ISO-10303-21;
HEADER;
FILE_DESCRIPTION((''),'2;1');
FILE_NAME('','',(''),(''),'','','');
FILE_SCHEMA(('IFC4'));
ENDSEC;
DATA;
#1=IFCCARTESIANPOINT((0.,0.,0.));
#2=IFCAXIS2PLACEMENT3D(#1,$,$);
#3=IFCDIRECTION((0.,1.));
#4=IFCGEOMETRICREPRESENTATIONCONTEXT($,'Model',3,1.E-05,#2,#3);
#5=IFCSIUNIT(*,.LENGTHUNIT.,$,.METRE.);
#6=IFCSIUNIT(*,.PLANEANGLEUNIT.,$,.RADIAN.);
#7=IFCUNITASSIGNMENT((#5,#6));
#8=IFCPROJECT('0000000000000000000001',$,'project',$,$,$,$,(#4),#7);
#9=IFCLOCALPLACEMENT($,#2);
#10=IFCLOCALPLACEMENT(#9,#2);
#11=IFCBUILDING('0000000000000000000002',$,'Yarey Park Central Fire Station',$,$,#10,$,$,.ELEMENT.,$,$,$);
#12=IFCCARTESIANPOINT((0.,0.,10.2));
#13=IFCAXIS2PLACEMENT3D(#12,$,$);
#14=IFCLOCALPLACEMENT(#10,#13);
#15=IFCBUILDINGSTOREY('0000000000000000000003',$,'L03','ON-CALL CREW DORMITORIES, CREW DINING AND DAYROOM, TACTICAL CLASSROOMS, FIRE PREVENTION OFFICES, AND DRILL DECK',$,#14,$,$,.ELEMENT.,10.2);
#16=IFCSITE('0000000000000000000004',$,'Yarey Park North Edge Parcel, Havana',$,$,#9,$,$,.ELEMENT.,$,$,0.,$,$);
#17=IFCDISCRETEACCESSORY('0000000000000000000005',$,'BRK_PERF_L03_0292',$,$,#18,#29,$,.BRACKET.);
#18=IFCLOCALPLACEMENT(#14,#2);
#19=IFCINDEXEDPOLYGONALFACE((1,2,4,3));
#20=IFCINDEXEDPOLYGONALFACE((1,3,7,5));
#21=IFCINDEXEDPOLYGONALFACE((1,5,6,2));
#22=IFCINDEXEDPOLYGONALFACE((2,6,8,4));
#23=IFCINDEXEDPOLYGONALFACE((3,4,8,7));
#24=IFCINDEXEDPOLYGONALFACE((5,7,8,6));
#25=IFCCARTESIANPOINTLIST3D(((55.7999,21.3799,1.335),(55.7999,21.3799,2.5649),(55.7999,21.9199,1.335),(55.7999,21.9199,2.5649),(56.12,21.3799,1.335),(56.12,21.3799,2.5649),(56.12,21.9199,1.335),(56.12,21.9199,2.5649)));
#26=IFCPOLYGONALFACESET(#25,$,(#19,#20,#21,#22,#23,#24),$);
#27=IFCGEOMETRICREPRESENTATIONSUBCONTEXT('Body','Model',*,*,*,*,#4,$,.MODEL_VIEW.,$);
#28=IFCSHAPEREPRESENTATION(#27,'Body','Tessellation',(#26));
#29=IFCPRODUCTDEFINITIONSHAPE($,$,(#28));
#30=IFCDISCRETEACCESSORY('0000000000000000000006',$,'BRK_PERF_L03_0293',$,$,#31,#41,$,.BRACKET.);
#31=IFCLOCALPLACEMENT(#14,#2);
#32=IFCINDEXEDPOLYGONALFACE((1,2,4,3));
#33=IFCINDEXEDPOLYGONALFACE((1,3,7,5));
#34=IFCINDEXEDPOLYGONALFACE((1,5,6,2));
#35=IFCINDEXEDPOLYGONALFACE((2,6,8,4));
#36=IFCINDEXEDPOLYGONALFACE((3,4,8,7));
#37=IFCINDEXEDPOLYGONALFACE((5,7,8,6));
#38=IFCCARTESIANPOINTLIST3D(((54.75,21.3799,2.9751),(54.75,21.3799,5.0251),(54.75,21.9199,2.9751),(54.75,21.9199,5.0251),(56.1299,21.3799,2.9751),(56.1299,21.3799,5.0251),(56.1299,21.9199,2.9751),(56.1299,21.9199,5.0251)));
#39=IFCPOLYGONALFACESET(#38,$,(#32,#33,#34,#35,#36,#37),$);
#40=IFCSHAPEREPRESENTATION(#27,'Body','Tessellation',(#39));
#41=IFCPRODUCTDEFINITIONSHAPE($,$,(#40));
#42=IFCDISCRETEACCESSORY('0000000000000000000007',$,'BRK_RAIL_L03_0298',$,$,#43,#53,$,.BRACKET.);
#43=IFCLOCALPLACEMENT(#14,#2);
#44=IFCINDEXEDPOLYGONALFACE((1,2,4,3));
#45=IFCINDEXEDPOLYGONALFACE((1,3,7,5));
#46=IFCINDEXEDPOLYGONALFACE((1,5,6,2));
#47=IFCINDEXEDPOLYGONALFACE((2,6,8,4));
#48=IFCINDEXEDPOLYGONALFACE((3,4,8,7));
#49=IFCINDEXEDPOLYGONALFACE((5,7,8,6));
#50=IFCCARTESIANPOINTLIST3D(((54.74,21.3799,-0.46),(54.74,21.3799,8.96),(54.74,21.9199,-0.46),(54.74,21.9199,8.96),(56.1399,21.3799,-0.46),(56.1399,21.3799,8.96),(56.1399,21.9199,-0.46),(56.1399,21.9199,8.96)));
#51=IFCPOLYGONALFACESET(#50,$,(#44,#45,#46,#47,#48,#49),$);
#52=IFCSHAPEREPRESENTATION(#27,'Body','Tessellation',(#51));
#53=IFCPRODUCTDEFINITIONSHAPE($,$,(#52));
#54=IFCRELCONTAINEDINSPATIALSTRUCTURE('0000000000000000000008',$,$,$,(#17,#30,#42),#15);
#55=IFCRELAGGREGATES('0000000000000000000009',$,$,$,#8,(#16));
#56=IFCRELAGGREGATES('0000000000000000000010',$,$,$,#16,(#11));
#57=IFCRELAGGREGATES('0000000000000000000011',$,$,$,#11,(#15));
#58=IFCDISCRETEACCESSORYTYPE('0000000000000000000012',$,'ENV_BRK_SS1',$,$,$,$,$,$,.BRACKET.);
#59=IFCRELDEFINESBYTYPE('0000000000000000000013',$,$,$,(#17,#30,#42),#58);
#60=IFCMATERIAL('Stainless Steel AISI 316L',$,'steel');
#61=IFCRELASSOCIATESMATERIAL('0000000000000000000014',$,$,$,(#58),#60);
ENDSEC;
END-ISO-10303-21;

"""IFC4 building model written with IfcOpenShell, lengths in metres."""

from ifc_helpers import new_model, si_unit, direction, frame, origin, origin_2d, place, context, subcontext, project, spatial, rectangle, extrude, material, type_object, element, save


model = new_model("IFC4")

# Units and contexts
model_context = context("Model", 3, precision=1e-05, world=origin(), true_north=direction((0.0, 1.0)))
body_context = subcontext(model_context, "Body", "Model", "MODEL_VIEW")
ifc_project = project(units=[si_unit("LENGTHUNIT", "METRE"), si_unit("PLANEANGLEUNIT", "RADIAN")], contexts=[model_context])

# Site, building, storey
site_placement = place(None, origin())
site = spatial("IfcSite", under=ifc_project, at=site_placement, Name="Yarey Park North Edge Parcel, Havana", CompositionType="ELEMENT", RefElevation=0.0)
building_placement = place(site_placement, origin())
building = spatial("IfcBuilding", under=site, at=building_placement, Name="Yarey Park Central Fire Station", CompositionType="ELEMENT")
storey_placement = place(building_placement, frame((0.0, 0.0, 10.2)))
storey = spatial("IfcBuildingStorey", under=building, at=storey_placement, Name="L03", Description="ON-CALL CREW DORMITORIES, CREW DINING AND DAYROOM, TACTICAL CLASSROOMS, FIRE PREVENTION OFFICES, AND DRILL DECK", CompositionType="ELEMENT", Elevation=10.2)

# Discrete accessories
ifc_material_1 = material(Name="Stainless Steel AISI 316L", Category="steel")
discrete_accessory_type = type_object("IfcDiscreteAccessoryType", Name="ENV_BRK_SS1", PredefinedType="BRACKET", material=ifc_material_1)
for number, where, z_axis, x_axis, name in (
    (1, (55.96, 21.6499, 1.335), (0.0, 0.0, 1.0), (1.0, 0.0, 0.0), "BRK_PERF_L03_0292"),
):
    element("IfcDiscreteAccessory", number, at=place(storey_placement, frame(where, z_axis=z_axis, x_axis=x_axis)), inside=storey, type_object=discrete_accessory_type, Name=name, PredefinedType="BRACKET", context=body_context, shape_type="SweptSolid", body=[
        extrude(rectangle(XDim=0.3201, YDim=0.54, at=origin_2d()), origin(), (0.0, 0.0, 1.0), 1.23),
    ])
discrete_accessory_1_placement = place(storey_placement, frame((55.4399, 21.6499, 2.9751), z_axis=(0.0, 0.0, 1.0), x_axis=(1.0, 0.0, 0.0)))
element("IfcDiscreteAccessory", 2, at=discrete_accessory_1_placement, inside=storey, type_object=discrete_accessory_type, Name="BRK_PERF_L03_0293", PredefinedType="BRACKET", context=body_context, shape_type="SweptSolid", body=[
    extrude(rectangle(XDim=1.3799, YDim=0.54, at=origin_2d()), origin(), (0.0, 0.0, 1.0), 2.05),
])
discrete_accessory_2_placement = place(storey_placement, frame((55.4399, 21.6499, -0.46), z_axis=(0.0, 0.0, 1.0), x_axis=(1.0, 0.0, 0.0)))
element("IfcDiscreteAccessory", 3, at=discrete_accessory_2_placement, inside=storey, type_object=discrete_accessory_type, Name="BRK_RAIL_L03_0298", PredefinedType="BRACKET", context=body_context, shape_type="SweptSolid", body=[
    extrude(rectangle(XDim=1.3999, YDim=0.54, at=origin_2d()), origin(), (0.0, 0.0, 1.0), 9.4199),
])

save(model, "model.ifc")
